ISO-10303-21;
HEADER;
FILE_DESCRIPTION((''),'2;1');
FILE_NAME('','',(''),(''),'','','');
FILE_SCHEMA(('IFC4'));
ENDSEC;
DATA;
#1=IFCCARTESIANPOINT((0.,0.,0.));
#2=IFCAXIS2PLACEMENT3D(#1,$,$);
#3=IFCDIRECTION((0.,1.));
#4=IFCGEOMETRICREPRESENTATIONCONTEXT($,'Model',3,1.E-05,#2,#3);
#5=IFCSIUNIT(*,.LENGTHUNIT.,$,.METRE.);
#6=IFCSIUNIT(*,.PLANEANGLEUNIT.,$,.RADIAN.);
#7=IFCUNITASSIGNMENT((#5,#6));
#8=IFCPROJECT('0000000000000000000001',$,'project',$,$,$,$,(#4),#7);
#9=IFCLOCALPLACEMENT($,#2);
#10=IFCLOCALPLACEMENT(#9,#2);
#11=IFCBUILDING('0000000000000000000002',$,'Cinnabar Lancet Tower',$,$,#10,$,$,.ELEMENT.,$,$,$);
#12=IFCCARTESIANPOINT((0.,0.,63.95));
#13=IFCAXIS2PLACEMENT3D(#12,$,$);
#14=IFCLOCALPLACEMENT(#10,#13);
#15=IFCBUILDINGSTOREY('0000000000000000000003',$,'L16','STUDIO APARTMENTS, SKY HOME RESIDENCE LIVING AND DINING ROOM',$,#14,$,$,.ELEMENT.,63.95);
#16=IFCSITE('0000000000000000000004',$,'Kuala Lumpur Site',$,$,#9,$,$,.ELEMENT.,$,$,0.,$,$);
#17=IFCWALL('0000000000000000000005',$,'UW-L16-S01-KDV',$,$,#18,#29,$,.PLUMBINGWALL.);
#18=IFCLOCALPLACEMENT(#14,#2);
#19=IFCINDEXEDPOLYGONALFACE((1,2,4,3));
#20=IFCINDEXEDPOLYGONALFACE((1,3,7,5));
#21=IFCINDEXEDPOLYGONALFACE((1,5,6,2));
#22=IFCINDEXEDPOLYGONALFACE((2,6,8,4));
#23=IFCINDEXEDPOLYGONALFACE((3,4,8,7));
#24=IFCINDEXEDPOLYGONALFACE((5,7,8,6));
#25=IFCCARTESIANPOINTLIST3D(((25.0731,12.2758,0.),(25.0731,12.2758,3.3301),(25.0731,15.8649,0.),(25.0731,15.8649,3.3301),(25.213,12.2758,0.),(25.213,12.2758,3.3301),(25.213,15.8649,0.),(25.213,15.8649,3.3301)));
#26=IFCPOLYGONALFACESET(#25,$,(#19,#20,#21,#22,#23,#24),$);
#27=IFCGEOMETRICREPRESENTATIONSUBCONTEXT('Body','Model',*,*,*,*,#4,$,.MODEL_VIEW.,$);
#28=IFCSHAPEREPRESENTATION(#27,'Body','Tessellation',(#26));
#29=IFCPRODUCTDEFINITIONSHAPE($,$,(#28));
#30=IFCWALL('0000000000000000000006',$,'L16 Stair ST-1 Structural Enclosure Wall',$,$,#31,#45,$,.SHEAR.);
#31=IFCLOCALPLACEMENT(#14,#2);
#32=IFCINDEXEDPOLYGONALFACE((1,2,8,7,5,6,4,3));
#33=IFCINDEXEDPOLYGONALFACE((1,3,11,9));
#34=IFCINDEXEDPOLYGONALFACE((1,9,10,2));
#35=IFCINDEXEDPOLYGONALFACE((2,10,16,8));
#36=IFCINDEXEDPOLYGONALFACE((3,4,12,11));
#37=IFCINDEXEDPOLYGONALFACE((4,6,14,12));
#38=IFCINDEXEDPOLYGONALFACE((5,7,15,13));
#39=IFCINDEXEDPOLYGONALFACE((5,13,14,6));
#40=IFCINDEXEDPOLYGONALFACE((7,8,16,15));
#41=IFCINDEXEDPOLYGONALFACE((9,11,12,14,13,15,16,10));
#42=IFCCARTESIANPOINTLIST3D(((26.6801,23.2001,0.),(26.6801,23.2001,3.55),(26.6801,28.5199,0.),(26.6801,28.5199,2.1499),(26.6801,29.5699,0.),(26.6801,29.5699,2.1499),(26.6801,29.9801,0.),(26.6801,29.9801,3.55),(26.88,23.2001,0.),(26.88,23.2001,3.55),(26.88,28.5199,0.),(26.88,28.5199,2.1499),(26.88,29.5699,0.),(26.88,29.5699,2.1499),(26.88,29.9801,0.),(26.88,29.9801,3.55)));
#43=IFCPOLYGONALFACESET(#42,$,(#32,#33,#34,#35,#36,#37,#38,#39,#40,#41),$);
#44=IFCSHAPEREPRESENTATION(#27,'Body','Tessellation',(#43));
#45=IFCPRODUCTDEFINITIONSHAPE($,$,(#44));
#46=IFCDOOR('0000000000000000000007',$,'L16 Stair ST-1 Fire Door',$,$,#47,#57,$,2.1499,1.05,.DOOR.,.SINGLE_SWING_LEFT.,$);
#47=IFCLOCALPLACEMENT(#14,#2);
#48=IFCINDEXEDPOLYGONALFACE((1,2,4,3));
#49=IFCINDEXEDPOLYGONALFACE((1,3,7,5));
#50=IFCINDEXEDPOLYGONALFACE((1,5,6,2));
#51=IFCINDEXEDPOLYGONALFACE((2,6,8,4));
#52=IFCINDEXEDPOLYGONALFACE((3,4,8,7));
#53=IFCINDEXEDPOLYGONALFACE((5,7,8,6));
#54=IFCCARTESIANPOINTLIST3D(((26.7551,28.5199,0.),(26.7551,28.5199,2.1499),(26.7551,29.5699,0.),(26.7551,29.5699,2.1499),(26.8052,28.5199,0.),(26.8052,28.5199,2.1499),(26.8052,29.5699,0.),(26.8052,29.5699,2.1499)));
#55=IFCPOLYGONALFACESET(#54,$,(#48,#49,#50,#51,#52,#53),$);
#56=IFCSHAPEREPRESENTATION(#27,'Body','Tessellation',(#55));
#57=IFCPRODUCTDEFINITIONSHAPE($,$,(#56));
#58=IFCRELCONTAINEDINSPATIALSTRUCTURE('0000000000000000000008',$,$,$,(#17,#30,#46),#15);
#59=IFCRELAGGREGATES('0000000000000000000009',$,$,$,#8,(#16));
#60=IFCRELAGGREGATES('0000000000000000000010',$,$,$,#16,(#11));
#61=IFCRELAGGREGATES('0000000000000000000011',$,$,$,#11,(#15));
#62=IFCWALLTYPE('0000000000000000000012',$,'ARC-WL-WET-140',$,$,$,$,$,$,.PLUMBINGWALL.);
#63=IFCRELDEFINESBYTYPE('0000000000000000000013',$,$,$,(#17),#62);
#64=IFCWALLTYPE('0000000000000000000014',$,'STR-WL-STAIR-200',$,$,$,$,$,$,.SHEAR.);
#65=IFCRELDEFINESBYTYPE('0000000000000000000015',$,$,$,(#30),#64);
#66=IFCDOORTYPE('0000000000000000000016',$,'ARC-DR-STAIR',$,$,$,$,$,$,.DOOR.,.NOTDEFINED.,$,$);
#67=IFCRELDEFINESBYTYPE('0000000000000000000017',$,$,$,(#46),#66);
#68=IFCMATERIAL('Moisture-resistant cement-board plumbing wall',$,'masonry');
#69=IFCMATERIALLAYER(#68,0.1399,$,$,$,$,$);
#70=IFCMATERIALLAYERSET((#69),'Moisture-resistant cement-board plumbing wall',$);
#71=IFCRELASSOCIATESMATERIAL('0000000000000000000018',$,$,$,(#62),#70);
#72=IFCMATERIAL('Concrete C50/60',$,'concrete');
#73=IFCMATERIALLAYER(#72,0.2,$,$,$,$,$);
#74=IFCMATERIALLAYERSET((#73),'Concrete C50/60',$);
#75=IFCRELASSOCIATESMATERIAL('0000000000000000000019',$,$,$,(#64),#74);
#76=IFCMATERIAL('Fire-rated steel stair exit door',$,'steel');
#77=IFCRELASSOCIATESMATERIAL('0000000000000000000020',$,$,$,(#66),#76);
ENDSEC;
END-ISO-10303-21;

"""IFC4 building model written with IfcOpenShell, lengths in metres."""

from ifc_helpers import new_model, si_unit, direction, frame, frame_2d, origin, place, context, subcontext, project, spatial, rectangle, extrude, material, layer, layer_set, type_object, element, fill, save


model = new_model("IFC4")

# Units and contexts
model_context = context("Model", 3, precision=1e-05, world=origin(), true_north=direction((0.0, 1.0)))
body_context = subcontext(model_context, "Body", "Model", "MODEL_VIEW")
ifc_project = project(units=[si_unit("LENGTHUNIT", "METRE"), si_unit("PLANEANGLEUNIT", "RADIAN")], contexts=[model_context])

# Site, building, storey
site_placement = place(None, origin())
site = spatial("IfcSite", under=ifc_project, at=site_placement, Name="Kuala Lumpur Site", CompositionType="ELEMENT", RefElevation=0.0)
building_placement = place(site_placement, origin())
building = spatial("IfcBuilding", under=site, at=building_placement, Name="Cinnabar Lancet Tower", CompositionType="ELEMENT")
storey_placement = place(building_placement, frame((0.0, 0.0, 63.95)))
storey = spatial("IfcBuildingStorey", under=building, at=storey_placement, Name="L16", Description="STUDIO APARTMENTS, SKY HOME RESIDENCE LIVING AND DINING ROOM", CompositionType="ELEMENT", Elevation=63.95)

# Wall
ifc_material_1 = material(Name="Moisture-resistant cement-board plumbing wall", Category="masonry")
ifc_layer_1 = layer(ifc_material_1, 0.1399)
ifc_layer_set_1 = layer_set([ifc_layer_1], Name="Moisture-resistant cement-board plumbing wall")
wall_type_1 = type_object("IfcWallType", Name="ARC-WL-WET-140", PredefinedType="PLUMBINGWALL", material=ifc_layer_set_1)
wall_1_placement = place(storey_placement, frame((25.1431, 12.2759, 0.0), z_axis=(0.0, 0.0, 1.0), x_axis=(0.0, 1.0, 0.0)))
element("IfcWall", 1, at=wall_1_placement, inside=storey, type_object=wall_type_1, Name="UW-L16-S01-KDV", PredefinedType="PLUMBINGWALL", context=body_context, shape_type="SweptSolid", body=[
    extrude(rectangle(XDim=3.5891, YDim=0.1399, at=frame_2d((1.7944, 0.0))), origin(), (0.0, 0.0, 1.0), 3.3301),
])

# Wall, opening, door
ifc_material_2 = material(Name="Concrete C50/60", Category="concrete")
ifc_layer_2 = layer(ifc_material_2, 0.2)
ifc_layer_set_2 = layer_set([ifc_layer_2], Name="Concrete C50/60")
wall_type_2 = type_object("IfcWallType", Name="STR-WL-STAIR-200", PredefinedType="SHEAR", material=ifc_layer_set_2)
wall_2_placement = place(storey_placement, frame((26.78, 23.2, 0.0), z_axis=(0.0, 0.0, 1.0), x_axis=(0.0, 1.0, 0.0)))
wall_2 = element("IfcWall", 2, at=wall_2_placement, inside=storey, type_object=wall_type_2, Name="L16 Stair ST-1 Structural Enclosure Wall", PredefinedType="SHEAR", context=body_context, shape_type="SweptSolid", body=[
    extrude(rectangle(XDim=6.78, YDim=0.2, at=frame_2d((3.3901, 0.0))), origin(), (0.0, 0.0, 1.0), 3.55),
])
opening_1_placement = place(wall_2_placement, frame((5.3201, 0.0, 0.0)))
opening_1 = element("IfcOpeningElement", 3, at=opening_1_placement, cuts=wall_2, PredefinedType="OPENING", context=body_context, shape_type="SweptSolid", body=[
    extrude(rectangle(XDim=1.05, YDim=2.1499, at=frame_2d((0.5249, 1.075))), frame((0.0, 0.1099, 0.0), z_axis=(0.0, -1.0, 0.0), x_axis=(1.0, 0.0, 0.0)), (0.0, 0.0, 1.0), 0.22),
])
ifc_material_3 = material(Name="Fire-rated steel stair exit door", Category="steel")
door_type_1 = type_object("IfcDoorType", Name="ARC-DR-STAIR", OperationType="NOTDEFINED", PredefinedType="DOOR", material=ifc_material_3)
door_1_placement = place(opening_1_placement, origin())
door_1 = element("IfcDoor", 4, at=door_1_placement, inside=storey, type_object=door_type_1, Name="L16 Stair ST-1 Fire Door", OperationType="SINGLE_SWING_LEFT", OverallHeight=2.1499, OverallWidth=1.05, PredefinedType="DOOR", context=body_context, shape_type="SweptSolid", body=[
    extrude(rectangle(XDim=1.05, YDim=2.1499, at=frame_2d((0.5249, 1.075))), frame((0.0, 0.0249, 0.0), z_axis=(0.0, -1.0, 0.0), x_axis=(1.0, 0.0, 0.0)), (0.0, 0.0, 1.0), 0.05),
])
fill(opening_1, door_1)

save(model, "model.ifc")
